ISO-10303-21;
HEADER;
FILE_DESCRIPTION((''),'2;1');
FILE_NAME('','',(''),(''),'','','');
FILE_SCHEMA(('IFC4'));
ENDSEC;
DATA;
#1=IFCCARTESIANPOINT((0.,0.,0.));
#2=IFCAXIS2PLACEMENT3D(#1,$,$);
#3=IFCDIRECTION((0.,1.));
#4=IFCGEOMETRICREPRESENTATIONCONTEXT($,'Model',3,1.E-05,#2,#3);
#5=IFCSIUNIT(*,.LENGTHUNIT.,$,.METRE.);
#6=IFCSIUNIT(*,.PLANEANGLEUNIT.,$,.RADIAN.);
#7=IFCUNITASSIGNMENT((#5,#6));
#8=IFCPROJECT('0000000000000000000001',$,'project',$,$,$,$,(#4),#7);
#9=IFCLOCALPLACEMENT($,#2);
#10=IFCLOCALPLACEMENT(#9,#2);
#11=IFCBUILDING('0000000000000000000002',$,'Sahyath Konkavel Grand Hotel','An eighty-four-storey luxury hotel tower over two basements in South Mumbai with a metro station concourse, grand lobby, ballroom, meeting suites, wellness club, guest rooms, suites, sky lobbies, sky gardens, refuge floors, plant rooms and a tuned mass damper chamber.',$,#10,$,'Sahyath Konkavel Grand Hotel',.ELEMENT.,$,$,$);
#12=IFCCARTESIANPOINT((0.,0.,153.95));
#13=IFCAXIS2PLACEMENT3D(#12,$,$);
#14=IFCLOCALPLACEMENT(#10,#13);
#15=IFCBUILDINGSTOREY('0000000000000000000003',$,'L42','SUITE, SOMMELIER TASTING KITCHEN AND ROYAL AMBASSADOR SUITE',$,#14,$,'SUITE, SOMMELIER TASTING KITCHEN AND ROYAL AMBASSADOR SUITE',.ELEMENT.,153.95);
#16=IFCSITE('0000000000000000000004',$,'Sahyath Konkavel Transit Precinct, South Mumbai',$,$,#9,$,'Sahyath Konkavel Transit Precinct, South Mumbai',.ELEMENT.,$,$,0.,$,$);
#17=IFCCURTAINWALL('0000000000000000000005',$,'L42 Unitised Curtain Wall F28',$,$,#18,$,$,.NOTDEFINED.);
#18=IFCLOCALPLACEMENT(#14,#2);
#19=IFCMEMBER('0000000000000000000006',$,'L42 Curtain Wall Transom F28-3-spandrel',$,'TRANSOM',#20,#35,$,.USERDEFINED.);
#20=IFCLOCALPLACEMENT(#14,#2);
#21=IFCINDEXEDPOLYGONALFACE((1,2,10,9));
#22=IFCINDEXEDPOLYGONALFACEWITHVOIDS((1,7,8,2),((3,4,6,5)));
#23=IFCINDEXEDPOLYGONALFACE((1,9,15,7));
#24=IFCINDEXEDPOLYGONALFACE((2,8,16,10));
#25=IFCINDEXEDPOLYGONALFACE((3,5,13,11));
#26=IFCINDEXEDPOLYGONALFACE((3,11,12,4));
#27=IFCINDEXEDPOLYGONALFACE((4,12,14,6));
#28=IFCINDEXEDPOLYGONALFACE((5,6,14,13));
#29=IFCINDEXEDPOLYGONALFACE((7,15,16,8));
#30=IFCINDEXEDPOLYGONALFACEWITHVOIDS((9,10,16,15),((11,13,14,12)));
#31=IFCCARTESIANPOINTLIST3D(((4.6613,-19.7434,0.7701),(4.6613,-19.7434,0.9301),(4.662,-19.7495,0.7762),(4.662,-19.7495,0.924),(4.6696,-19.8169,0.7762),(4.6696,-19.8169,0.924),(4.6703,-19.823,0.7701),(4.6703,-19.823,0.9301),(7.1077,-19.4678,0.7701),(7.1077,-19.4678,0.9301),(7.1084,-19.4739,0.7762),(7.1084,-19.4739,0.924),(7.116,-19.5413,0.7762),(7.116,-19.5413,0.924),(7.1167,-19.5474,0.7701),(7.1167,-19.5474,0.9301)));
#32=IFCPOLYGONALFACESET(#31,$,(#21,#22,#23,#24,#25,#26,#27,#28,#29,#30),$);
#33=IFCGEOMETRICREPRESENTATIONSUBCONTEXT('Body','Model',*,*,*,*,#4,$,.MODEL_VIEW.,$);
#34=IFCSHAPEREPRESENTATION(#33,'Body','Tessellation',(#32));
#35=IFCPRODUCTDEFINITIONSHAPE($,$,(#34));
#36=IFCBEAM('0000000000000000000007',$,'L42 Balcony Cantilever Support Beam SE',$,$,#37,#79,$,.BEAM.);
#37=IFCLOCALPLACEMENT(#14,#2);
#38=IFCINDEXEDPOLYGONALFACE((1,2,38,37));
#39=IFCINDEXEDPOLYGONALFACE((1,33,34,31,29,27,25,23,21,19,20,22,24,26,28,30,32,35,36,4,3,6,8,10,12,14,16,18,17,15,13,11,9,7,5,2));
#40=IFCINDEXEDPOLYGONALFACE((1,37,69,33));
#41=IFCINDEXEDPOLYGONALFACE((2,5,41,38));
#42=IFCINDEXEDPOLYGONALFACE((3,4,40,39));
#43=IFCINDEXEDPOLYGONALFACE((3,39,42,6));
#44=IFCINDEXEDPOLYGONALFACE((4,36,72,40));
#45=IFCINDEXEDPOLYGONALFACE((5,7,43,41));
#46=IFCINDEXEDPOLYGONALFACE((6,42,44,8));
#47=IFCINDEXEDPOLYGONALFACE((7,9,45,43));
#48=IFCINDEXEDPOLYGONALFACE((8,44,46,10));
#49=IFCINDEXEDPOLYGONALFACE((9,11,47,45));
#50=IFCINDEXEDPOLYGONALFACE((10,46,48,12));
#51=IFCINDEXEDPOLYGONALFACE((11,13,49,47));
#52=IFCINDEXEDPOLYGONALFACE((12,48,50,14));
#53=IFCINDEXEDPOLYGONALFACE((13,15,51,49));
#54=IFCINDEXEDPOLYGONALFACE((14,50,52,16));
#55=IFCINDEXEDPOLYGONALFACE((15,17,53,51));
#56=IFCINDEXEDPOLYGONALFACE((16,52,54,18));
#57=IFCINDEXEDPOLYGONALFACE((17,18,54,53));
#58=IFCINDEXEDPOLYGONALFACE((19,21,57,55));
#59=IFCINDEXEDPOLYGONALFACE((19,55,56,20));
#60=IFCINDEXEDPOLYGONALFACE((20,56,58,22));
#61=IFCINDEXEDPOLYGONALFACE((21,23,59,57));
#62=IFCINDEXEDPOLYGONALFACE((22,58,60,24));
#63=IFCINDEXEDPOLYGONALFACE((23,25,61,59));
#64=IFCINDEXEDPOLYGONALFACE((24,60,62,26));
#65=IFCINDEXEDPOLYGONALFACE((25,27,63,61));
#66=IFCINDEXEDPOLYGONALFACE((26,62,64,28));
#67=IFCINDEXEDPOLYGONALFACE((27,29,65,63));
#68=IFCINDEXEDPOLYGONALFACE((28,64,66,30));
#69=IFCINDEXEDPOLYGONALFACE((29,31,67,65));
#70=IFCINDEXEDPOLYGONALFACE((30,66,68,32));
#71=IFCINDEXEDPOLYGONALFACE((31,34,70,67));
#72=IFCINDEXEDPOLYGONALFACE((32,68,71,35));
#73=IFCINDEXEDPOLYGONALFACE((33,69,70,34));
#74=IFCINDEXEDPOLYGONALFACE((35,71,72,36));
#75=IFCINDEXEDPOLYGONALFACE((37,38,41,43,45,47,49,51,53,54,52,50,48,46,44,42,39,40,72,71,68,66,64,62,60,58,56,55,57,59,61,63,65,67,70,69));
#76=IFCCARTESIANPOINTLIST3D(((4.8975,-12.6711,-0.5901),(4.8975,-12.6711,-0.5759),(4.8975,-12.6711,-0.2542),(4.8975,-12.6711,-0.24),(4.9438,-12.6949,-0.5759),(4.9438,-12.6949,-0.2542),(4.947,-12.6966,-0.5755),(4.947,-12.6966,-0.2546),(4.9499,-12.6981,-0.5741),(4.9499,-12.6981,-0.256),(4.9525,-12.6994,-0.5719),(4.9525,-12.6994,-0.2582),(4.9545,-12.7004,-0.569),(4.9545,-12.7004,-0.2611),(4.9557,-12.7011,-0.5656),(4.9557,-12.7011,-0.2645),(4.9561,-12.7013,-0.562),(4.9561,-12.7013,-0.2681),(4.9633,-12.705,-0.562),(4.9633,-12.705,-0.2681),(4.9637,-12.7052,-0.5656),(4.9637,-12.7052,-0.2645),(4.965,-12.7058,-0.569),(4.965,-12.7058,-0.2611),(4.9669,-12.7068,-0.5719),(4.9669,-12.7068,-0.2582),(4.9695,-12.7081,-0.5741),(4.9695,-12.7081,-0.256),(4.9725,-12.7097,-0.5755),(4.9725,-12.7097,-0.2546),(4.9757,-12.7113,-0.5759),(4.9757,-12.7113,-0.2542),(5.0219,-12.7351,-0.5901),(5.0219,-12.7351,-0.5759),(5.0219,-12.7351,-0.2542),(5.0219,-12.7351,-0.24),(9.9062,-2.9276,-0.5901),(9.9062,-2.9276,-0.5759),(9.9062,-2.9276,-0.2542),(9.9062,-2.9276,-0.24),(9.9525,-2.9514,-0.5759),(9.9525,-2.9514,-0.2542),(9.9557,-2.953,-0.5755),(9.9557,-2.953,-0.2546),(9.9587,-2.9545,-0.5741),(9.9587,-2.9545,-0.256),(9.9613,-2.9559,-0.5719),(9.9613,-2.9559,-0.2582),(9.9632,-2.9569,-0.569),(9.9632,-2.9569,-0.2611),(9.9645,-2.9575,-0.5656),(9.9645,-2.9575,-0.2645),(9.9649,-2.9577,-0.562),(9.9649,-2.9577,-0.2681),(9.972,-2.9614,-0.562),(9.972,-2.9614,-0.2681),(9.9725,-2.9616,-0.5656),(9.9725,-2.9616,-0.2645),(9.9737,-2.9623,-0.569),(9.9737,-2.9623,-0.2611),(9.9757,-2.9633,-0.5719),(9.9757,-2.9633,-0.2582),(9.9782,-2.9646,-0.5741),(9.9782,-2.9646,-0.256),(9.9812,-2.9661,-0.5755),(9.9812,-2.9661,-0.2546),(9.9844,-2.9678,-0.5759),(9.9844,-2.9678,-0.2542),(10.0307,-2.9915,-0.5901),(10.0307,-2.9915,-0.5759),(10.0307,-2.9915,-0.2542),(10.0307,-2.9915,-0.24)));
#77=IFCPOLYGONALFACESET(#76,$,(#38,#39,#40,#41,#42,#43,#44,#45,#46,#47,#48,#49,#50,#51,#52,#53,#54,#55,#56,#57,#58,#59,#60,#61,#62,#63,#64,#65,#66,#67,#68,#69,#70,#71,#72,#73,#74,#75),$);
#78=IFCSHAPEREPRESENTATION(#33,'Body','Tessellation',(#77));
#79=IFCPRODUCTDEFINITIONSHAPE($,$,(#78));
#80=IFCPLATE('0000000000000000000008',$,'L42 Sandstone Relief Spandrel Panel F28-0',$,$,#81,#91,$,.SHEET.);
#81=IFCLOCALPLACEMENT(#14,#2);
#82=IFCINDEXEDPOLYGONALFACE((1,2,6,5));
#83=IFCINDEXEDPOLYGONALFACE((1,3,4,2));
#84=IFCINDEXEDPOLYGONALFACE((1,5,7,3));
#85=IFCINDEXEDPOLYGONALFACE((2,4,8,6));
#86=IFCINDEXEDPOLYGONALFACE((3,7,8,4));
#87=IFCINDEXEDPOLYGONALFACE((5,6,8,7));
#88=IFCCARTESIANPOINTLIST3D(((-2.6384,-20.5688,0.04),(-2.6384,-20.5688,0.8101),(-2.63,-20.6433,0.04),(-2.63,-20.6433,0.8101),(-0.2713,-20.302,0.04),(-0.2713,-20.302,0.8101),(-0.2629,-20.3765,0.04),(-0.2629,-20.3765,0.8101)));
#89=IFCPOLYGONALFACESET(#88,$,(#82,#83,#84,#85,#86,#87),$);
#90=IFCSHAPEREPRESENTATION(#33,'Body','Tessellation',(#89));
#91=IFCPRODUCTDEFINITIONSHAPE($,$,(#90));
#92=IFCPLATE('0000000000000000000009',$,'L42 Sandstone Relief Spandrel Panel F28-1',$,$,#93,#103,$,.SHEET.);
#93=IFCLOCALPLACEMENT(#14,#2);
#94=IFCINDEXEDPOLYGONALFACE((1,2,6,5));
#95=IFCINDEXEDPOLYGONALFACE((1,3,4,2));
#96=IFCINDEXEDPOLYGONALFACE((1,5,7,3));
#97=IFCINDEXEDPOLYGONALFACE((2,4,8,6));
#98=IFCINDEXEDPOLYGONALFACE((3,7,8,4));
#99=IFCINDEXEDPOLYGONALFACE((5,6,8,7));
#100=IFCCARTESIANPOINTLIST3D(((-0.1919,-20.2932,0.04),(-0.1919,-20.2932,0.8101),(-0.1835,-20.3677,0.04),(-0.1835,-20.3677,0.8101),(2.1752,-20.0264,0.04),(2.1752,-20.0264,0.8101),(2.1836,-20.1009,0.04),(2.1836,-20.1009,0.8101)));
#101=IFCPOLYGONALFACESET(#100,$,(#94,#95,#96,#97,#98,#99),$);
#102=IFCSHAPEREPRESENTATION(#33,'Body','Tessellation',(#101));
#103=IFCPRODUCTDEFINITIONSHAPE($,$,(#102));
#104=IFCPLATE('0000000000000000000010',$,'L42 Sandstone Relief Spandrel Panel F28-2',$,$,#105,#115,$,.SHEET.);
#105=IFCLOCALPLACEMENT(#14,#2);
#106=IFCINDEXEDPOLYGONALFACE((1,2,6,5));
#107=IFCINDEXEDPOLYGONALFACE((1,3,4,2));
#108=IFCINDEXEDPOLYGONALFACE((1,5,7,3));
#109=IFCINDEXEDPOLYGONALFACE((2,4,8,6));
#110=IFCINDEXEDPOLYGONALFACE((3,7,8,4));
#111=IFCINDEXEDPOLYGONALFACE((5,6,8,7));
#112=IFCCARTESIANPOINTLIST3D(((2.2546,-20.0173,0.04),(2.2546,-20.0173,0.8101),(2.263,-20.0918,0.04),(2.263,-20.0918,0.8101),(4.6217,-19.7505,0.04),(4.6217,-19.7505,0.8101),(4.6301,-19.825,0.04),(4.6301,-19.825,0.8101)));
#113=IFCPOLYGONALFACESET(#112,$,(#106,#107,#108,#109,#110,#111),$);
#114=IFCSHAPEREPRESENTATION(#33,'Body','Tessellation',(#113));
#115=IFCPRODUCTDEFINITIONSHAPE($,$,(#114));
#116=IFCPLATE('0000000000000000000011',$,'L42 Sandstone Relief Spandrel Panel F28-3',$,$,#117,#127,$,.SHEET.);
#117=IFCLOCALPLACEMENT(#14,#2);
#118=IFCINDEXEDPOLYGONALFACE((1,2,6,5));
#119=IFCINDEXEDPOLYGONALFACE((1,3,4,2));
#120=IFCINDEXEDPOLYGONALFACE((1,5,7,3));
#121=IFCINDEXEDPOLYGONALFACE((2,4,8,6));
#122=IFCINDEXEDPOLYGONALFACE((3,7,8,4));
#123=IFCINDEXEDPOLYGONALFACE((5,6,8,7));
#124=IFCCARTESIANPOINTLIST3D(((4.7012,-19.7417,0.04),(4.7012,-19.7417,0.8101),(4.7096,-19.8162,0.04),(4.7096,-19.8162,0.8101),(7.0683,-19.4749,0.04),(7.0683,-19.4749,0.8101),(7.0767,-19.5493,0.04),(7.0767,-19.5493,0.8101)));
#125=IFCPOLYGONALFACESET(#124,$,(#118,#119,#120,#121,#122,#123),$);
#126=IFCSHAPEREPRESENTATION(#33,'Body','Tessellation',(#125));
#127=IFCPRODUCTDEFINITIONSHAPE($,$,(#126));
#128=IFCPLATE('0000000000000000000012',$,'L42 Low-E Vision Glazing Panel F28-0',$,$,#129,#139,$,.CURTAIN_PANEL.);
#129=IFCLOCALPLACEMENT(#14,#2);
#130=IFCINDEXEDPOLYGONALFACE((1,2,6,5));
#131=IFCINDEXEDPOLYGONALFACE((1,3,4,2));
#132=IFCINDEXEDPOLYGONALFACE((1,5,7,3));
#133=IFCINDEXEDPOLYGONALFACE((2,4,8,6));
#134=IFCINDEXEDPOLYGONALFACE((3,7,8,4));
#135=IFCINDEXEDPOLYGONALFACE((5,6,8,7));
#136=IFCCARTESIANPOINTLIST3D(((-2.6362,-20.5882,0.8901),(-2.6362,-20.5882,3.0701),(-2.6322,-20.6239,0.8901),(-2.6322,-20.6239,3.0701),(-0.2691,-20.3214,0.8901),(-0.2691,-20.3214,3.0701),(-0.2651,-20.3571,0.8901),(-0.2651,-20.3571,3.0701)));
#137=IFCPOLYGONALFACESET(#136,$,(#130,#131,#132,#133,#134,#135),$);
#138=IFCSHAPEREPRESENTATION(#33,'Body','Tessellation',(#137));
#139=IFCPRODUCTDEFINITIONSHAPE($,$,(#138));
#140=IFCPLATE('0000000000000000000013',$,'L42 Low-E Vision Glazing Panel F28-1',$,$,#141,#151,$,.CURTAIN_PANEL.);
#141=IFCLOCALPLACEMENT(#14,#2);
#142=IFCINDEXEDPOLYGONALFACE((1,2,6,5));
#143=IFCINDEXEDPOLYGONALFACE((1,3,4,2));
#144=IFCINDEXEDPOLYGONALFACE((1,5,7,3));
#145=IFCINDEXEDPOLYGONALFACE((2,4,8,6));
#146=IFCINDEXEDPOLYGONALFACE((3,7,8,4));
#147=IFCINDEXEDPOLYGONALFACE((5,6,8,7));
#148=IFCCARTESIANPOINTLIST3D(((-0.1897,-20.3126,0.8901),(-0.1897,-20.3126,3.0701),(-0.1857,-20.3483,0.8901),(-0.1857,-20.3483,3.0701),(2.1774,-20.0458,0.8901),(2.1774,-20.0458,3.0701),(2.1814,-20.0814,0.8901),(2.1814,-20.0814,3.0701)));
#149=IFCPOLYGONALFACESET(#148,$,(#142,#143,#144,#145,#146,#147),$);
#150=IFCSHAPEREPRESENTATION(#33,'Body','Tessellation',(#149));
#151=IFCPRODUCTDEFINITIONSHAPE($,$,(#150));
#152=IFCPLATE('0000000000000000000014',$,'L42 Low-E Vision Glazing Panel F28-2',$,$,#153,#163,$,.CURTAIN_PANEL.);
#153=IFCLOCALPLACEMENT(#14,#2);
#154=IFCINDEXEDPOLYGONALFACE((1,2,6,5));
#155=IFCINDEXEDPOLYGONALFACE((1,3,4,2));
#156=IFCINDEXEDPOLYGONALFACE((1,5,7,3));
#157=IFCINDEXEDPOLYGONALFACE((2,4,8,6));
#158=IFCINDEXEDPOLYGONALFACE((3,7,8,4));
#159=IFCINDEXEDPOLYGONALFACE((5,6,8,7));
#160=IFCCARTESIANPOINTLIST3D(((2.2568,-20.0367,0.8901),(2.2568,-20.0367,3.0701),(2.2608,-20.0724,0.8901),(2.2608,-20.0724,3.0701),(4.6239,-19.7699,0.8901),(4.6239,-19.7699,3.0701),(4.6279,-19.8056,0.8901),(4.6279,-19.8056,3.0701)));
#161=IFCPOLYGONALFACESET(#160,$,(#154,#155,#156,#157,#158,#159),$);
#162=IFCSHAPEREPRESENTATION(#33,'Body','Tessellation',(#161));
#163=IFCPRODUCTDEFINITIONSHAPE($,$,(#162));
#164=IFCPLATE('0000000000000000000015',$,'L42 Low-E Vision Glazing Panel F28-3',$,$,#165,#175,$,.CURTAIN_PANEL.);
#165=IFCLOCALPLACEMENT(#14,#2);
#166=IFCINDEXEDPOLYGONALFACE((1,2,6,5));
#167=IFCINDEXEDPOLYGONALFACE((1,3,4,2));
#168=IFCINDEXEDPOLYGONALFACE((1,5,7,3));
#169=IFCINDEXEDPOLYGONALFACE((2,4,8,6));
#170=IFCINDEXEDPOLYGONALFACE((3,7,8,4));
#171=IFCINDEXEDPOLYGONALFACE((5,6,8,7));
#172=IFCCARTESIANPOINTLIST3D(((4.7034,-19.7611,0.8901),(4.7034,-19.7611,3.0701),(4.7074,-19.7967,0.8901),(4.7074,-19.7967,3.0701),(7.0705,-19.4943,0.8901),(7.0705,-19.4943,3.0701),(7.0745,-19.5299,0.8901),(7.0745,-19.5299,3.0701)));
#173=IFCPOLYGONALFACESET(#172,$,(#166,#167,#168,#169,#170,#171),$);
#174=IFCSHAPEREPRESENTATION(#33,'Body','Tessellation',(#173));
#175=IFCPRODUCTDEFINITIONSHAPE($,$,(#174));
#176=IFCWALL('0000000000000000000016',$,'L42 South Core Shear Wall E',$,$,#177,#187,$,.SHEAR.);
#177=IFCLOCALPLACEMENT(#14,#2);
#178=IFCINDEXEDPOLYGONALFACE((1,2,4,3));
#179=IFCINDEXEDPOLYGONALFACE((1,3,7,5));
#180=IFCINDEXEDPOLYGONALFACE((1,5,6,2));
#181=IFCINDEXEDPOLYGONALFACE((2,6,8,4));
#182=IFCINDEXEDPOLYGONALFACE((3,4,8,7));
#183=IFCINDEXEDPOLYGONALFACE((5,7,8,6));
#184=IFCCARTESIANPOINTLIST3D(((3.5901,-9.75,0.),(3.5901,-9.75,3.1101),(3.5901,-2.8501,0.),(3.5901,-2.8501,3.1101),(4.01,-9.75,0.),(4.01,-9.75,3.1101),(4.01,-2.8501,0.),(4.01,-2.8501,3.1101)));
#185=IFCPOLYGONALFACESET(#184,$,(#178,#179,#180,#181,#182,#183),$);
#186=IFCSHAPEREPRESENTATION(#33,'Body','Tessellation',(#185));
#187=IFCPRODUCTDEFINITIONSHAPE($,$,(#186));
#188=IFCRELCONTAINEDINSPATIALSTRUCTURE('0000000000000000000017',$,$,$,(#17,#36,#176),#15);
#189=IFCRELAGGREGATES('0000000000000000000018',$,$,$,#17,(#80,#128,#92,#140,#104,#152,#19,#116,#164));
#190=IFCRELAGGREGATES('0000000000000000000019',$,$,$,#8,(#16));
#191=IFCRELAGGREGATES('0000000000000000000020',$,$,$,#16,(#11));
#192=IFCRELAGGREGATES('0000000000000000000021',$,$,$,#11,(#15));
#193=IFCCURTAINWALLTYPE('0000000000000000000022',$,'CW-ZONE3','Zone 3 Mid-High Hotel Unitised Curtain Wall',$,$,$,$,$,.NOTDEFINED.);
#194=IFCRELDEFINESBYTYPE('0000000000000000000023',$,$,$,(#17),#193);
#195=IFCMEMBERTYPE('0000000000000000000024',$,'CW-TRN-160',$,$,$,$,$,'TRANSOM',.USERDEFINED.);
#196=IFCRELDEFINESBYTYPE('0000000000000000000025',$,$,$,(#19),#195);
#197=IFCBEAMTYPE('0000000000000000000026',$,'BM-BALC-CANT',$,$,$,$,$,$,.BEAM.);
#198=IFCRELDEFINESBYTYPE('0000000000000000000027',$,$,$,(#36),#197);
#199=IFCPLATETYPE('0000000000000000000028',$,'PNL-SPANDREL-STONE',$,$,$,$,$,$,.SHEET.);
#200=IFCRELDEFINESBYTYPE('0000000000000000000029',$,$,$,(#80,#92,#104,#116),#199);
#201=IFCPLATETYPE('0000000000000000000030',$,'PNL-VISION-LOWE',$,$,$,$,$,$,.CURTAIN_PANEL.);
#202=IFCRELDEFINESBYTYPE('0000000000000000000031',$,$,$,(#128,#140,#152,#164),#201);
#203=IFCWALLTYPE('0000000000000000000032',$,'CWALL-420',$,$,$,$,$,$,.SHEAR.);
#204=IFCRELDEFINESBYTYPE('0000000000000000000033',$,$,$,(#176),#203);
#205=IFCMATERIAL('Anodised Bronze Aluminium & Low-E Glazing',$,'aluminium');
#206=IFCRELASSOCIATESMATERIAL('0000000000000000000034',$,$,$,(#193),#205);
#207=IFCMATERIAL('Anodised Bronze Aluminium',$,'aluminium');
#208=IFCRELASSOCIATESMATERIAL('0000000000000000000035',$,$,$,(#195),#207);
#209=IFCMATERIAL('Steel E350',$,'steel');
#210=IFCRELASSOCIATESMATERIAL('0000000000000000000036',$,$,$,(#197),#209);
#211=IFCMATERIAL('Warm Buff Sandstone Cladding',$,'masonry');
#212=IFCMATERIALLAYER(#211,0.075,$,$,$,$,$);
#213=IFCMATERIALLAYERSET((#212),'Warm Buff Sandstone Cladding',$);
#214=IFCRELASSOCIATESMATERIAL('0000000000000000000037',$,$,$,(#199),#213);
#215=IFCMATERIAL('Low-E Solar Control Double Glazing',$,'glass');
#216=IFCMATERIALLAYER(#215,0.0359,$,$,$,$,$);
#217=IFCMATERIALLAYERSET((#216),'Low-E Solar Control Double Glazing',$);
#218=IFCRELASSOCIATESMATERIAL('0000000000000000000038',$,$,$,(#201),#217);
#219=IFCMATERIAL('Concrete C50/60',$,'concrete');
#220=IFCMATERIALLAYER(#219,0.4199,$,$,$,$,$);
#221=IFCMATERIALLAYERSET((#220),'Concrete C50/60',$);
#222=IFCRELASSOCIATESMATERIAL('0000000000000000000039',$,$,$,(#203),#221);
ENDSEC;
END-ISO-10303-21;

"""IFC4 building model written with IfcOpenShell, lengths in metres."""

from ifc_helpers import new_model, si_unit, direction, frame, frame_2d, origin, origin_2d, place, context, subcontext, project, spatial, rectangle, hollow_rectangle, i_section, extrude, source, transform, mapped, material, layer, layer_set, material_profile, profile_set, type_object, element, aggregate, save


model = new_model("IFC4")

# Units and contexts
model_context = context("Model", 3, precision=1e-05, world=origin(), true_north=direction((0.0, 1.0)))
body_context = subcontext(model_context, "Body", "Model", "MODEL_VIEW")
ifc_project = project(units=[si_unit("LENGTHUNIT", "METRE"), si_unit("PLANEANGLEUNIT", "RADIAN")], contexts=[model_context])

# Site, building, storey
site_placement = place(None, origin())
site = spatial("IfcSite", under=ifc_project, at=site_placement, Name="Sahyath Konkavel Transit Precinct, South Mumbai", LongName="Sahyath Konkavel Transit Precinct, South Mumbai", CompositionType="ELEMENT", RefElevation=0.0)
building_placement = place(site_placement, origin())
building = spatial("IfcBuilding", under=site, at=building_placement, Name="Sahyath Konkavel Grand Hotel", Description="An eighty-four-storey luxury hotel tower over two basements in South Mumbai with a metro station concourse, grand lobby, ballroom, meeting suites, wellness club, guest rooms, suites, sky lobbies, sky gardens, refuge floors, plant rooms and a tuned mass damper chamber.", LongName="Sahyath Konkavel Grand Hotel", CompositionType="ELEMENT")
storey_placement = place(building_placement, frame((0.0, 0.0, 153.95)))
storey = spatial("IfcBuildingStorey", under=building, at=storey_placement, Name="L42", Description="SUITE, SOMMELIER TASTING KITCHEN AND ROYAL AMBASSADOR SUITE", LongName="SUITE, SOMMELIER TASTING KITCHEN AND ROYAL AMBASSADOR SUITE", CompositionType="ELEMENT", Elevation=153.95)

# Shared definitions
ifc_material_1 = material(Name="Concrete C50/60", Category="concrete")

# Shared definitions
ifc_material_2 = material(Name="Steel E350", Category="steel")

# Curtain wall, member
ifc_material_3 = material(Name="Anodised Bronze Aluminium & Low-E Glazing", Category="aluminium")
curtain_wall_type = type_object("IfcCurtainWallType", Name="CW-ZONE3", Description="Zone 3 Mid-High Hotel Unitised Curtain Wall", PredefinedType="NOTDEFINED", material=ifc_material_3)
curtain_wall_placement = place(storey_placement, origin())
curtain_wall = element("IfcCurtainWall", 1, at=curtain_wall_placement, inside=storey, type_object=curtain_wall_type, Name="L42 Unitised Curtain Wall F28", PredefinedType="NOTDEFINED")
ifc_material_4 = material(Name="Anodised Bronze Aluminium", Category="aluminium")
ifc_material_profile_1 = material_profile(ifc_material_4, hollow_rectangle(XDim=0.0801, YDim=0.1599, WallThickness=0.0061, at=origin_2d()), Name="RHS 160x80x6")
ifc_profile_set_1 = profile_set([ifc_material_profile_1], Name="Anodised Bronze Aluminium")
member_type_1 = type_object("IfcMemberType", Name="CW-TRN-160", ElementType="TRANSOM", PredefinedType="USERDEFINED", material=ifc_profile_set_1)
shared_shape_1 = source(origin(), body_context, "Body", "SweptSolid", [
    extrude(hollow_rectangle(XDim=0.0801, YDim=0.1599, WallThickness=0.0061, at=origin_2d()), origin(), (0.0, 0.0, 1.0), 2.4619),
])
member_1_placement = place(storey_placement, frame((4.6658, -19.7832, 0.8501), z_axis=(0.993713, 0.111955, 0.0), x_axis=(-0.111955, 0.993713, 0.0)))
member_1 = element("IfcMember", 2, at=member_1_placement, type_object=member_type_1, Name="L42 Curtain Wall Transom F28-3-spandrel", ObjectType="TRANSOM", PredefinedType="USERDEFINED", context=body_context, shape_type="MappedRepresentation", body=[
    mapped(shared_shape_1, transform((0.0, 0.0, 0.0), scale=1.0)),
])

# Beam
ifc_material_profile_2 = material_profile(ifc_material_2, i_section(OverallWidth=0.1399, OverallDepth=0.3501, WebThickness=0.0081, FlangeThickness=0.0142, FilletRadius=0.0139, at=origin_2d()), Name="ISMB 350")
ifc_profile_set_2 = profile_set([ifc_material_profile_2], Name="Steel E350")
beam_type_1 = type_object("IfcBeamType", Name="BM-BALC-CANT", PredefinedType="BEAM", material=ifc_profile_set_2)
shared_shape_2 = source(origin(), body_context, "Body", "SweptSolid", [
    extrude(i_section(OverallWidth=0.1399, OverallDepth=0.3501, WebThickness=0.0081, FlangeThickness=0.0142, FilletRadius=0.0139, at=origin_2d()), origin(), (0.0, 0.0, 1.0), 10.9556),
])
beam_1_placement = place(storey_placement, frame((4.9597, -12.7031, -0.415), z_axis=(0.457187, 0.889371, 0.0), x_axis=(-0.889371, 0.457187, 0.0)))
element("IfcBeam", 3, at=beam_1_placement, inside=storey, type_object=beam_type_1, Name="L42 Balcony Cantilever Support Beam SE", PredefinedType="BEAM", context=body_context, shape_type="MappedRepresentation", body=[
    mapped(shared_shape_2, transform((0.0, 0.0, 0.0), scale=1.0)),
])

# Plates
ifc_material_5 = material(Name="Warm Buff Sandstone Cladding", Category="masonry")
ifc_layer_1 = layer(ifc_material_5, 0.075)
ifc_layer_set_1 = layer_set([ifc_layer_1], Name="Warm Buff Sandstone Cladding")
plate_type_1 = type_object("IfcPlateType", Name="PNL-SPANDREL-STONE", PredefinedType="SHEET", material=ifc_layer_set_1)
shared_shape_3 = source(origin(), body_context, "Body", "SweptSolid", [
    extrude(rectangle(XDim=2.3821, YDim=0.075, at=origin_2d()), origin(), (0.0, 0.0, 1.0), 0.77),
])
plate_1_placement = place(storey_placement, frame((-1.4507, -20.4727, 0.04), z_axis=(0.0, 0.0, 1.0), x_axis=(0.993707, 0.112007, 0.0)))
plate_1 = element("IfcPlate", 4, at=plate_1_placement, type_object=plate_type_1, Name="L42 Sandstone Relief Spandrel Panel F28-0", PredefinedType="SHEET", context=body_context, shape_type="MappedRepresentation", body=[
    mapped(shared_shape_3, transform((0.0, 0.0, 0.0), scale=1.0)),
])
plate_2_placement = place(storey_placement, frame((0.9958, -20.197, 0.04), z_axis=(0.0, 0.0, 1.0), x_axis=(0.993707, 0.112007, 0.0)))
plate_2 = element("IfcPlate", 5, at=plate_2_placement, type_object=plate_type_1, Name="L42 Sandstone Relief Spandrel Panel F28-1", PredefinedType="SHEET", context=body_context, shape_type="MappedRepresentation", body=[
    mapped(shared_shape_3, transform((0.0, 0.0, 0.0), scale=1.0)),
])
plate_3_placement = place(storey_placement, frame((3.4424, -19.9211, 0.04), z_axis=(0.0, 0.0, 1.0), x_axis=(0.993707, 0.112007, 0.0)))
plate_3 = element("IfcPlate", 6, at=plate_3_placement, type_object=plate_type_1, Name="L42 Sandstone Relief Spandrel Panel F28-2", PredefinedType="SHEET", context=body_context, shape_type="MappedRepresentation", body=[
    mapped(shared_shape_3, transform((0.0, 0.0, 0.0), scale=1.0)),
])
plate_4_placement = place(storey_placement, frame((5.8889, -19.6455, 0.04), z_axis=(0.0, 0.0, 1.0), x_axis=(0.993707, 0.112007, 0.0)))
plate_4 = element("IfcPlate", 7, at=plate_4_placement, type_object=plate_type_1, Name="L42 Sandstone Relief Spandrel Panel F28-3", PredefinedType="SHEET", context=body_context, shape_type="MappedRepresentation", body=[
    mapped(shared_shape_3, transform((0.0, 0.0, 0.0), scale=1.0)),
])
ifc_material_6 = material(Name="Low-E Solar Control Double Glazing", Category="glass")
ifc_layer_2 = layer(ifc_material_6, 0.0359)
ifc_layer_set_2 = layer_set([ifc_layer_2], Name="Low-E Solar Control Double Glazing")
plate_type_2 = type_object("IfcPlateType", Name="PNL-VISION-LOWE", PredefinedType="CURTAIN_PANEL", material=ifc_layer_set_2)
shared_shape_4 = source(origin(), body_context, "Body", "SweptSolid", [
    extrude(rectangle(XDim=2.3821, YDim=0.0359, at=origin_2d()), origin(), (0.0, 0.0, 1.0), 2.1799),
])
plate_5_placement = place(storey_placement, frame((-1.4507, -20.4727, 0.8901), z_axis=(0.0, 0.0, 1.0), x_axis=(0.993707, 0.112007, 0.0)))
plate_5 = element("IfcPlate", 8, at=plate_5_placement, type_object=plate_type_2, Name="L42 Low-E Vision Glazing Panel F28-0", PredefinedType="CURTAIN_PANEL", context=body_context, shape_type="MappedRepresentation", body=[
    mapped(shared_shape_4, transform((0.0, 0.0, 0.0), scale=1.0)),
])
plate_6_placement = place(storey_placement, frame((0.9958, -20.197, 0.8901), z_axis=(0.0, 0.0, 1.0), x_axis=(0.993707, 0.112007, 0.0)))
plate_6 = element("IfcPlate", 9, at=plate_6_placement, type_object=plate_type_2, Name="L42 Low-E Vision Glazing Panel F28-1", PredefinedType="CURTAIN_PANEL", context=body_context, shape_type="MappedRepresentation", body=[
    mapped(shared_shape_4, transform((0.0, 0.0, 0.0), scale=1.0)),
])
plate_7_placement = place(storey_placement, frame((3.4424, -19.9211, 0.8901), z_axis=(0.0, 0.0, 1.0), x_axis=(0.993707, 0.112007, 0.0)))
plate_7 = element("IfcPlate", 10, at=plate_7_placement, type_object=plate_type_2, Name="L42 Low-E Vision Glazing Panel F28-2", PredefinedType="CURTAIN_PANEL", context=body_context, shape_type="MappedRepresentation", body=[
    mapped(shared_shape_4, transform((0.0, 0.0, 0.0), scale=1.0)),
])
plate_8_placement = place(storey_placement, frame((5.8889, -19.6455, 0.8901), z_axis=(0.0, 0.0, 1.0), x_axis=(0.993707, 0.112007, 0.0)))
plate_8 = element("IfcPlate", 11, at=plate_8_placement, type_object=plate_type_2, Name="L42 Low-E Vision Glazing Panel F28-3", PredefinedType="CURTAIN_PANEL", context=body_context, shape_type="MappedRepresentation", body=[
    mapped(shared_shape_4, transform((0.0, 0.0, 0.0), scale=1.0)),
])
aggregate(curtain_wall, [plate_1, plate_5, plate_2, plate_6, plate_3, plate_7, member_1, plate_4, plate_8])

# Wall
ifc_layer_3 = layer(ifc_material_1, 0.4199)
ifc_layer_set_3 = layer_set([ifc_layer_3], Name="Concrete C50/60")
wall_type_1 = type_object("IfcWallType", Name="CWALL-420", PredefinedType="SHEAR", material=ifc_layer_set_3)
wall_1_placement = place(storey_placement, frame((3.8, -9.75, 0.0), z_axis=(0.0, 0.0, 1.0), x_axis=(0.0, 1.0, 0.0)))
element("IfcWall", 12, at=wall_1_placement, inside=storey, type_object=wall_type_1, Name="L42 South Core Shear Wall E", PredefinedType="SHEAR", context=body_context, shape_type="SweptSolid", body=[
    extrude(rectangle(XDim=6.8999, YDim=0.4199, at=frame_2d((3.45, 0.0))), origin(), (0.0, 0.0, 1.0), 3.1101),
])

save(model, "model.ifc")
